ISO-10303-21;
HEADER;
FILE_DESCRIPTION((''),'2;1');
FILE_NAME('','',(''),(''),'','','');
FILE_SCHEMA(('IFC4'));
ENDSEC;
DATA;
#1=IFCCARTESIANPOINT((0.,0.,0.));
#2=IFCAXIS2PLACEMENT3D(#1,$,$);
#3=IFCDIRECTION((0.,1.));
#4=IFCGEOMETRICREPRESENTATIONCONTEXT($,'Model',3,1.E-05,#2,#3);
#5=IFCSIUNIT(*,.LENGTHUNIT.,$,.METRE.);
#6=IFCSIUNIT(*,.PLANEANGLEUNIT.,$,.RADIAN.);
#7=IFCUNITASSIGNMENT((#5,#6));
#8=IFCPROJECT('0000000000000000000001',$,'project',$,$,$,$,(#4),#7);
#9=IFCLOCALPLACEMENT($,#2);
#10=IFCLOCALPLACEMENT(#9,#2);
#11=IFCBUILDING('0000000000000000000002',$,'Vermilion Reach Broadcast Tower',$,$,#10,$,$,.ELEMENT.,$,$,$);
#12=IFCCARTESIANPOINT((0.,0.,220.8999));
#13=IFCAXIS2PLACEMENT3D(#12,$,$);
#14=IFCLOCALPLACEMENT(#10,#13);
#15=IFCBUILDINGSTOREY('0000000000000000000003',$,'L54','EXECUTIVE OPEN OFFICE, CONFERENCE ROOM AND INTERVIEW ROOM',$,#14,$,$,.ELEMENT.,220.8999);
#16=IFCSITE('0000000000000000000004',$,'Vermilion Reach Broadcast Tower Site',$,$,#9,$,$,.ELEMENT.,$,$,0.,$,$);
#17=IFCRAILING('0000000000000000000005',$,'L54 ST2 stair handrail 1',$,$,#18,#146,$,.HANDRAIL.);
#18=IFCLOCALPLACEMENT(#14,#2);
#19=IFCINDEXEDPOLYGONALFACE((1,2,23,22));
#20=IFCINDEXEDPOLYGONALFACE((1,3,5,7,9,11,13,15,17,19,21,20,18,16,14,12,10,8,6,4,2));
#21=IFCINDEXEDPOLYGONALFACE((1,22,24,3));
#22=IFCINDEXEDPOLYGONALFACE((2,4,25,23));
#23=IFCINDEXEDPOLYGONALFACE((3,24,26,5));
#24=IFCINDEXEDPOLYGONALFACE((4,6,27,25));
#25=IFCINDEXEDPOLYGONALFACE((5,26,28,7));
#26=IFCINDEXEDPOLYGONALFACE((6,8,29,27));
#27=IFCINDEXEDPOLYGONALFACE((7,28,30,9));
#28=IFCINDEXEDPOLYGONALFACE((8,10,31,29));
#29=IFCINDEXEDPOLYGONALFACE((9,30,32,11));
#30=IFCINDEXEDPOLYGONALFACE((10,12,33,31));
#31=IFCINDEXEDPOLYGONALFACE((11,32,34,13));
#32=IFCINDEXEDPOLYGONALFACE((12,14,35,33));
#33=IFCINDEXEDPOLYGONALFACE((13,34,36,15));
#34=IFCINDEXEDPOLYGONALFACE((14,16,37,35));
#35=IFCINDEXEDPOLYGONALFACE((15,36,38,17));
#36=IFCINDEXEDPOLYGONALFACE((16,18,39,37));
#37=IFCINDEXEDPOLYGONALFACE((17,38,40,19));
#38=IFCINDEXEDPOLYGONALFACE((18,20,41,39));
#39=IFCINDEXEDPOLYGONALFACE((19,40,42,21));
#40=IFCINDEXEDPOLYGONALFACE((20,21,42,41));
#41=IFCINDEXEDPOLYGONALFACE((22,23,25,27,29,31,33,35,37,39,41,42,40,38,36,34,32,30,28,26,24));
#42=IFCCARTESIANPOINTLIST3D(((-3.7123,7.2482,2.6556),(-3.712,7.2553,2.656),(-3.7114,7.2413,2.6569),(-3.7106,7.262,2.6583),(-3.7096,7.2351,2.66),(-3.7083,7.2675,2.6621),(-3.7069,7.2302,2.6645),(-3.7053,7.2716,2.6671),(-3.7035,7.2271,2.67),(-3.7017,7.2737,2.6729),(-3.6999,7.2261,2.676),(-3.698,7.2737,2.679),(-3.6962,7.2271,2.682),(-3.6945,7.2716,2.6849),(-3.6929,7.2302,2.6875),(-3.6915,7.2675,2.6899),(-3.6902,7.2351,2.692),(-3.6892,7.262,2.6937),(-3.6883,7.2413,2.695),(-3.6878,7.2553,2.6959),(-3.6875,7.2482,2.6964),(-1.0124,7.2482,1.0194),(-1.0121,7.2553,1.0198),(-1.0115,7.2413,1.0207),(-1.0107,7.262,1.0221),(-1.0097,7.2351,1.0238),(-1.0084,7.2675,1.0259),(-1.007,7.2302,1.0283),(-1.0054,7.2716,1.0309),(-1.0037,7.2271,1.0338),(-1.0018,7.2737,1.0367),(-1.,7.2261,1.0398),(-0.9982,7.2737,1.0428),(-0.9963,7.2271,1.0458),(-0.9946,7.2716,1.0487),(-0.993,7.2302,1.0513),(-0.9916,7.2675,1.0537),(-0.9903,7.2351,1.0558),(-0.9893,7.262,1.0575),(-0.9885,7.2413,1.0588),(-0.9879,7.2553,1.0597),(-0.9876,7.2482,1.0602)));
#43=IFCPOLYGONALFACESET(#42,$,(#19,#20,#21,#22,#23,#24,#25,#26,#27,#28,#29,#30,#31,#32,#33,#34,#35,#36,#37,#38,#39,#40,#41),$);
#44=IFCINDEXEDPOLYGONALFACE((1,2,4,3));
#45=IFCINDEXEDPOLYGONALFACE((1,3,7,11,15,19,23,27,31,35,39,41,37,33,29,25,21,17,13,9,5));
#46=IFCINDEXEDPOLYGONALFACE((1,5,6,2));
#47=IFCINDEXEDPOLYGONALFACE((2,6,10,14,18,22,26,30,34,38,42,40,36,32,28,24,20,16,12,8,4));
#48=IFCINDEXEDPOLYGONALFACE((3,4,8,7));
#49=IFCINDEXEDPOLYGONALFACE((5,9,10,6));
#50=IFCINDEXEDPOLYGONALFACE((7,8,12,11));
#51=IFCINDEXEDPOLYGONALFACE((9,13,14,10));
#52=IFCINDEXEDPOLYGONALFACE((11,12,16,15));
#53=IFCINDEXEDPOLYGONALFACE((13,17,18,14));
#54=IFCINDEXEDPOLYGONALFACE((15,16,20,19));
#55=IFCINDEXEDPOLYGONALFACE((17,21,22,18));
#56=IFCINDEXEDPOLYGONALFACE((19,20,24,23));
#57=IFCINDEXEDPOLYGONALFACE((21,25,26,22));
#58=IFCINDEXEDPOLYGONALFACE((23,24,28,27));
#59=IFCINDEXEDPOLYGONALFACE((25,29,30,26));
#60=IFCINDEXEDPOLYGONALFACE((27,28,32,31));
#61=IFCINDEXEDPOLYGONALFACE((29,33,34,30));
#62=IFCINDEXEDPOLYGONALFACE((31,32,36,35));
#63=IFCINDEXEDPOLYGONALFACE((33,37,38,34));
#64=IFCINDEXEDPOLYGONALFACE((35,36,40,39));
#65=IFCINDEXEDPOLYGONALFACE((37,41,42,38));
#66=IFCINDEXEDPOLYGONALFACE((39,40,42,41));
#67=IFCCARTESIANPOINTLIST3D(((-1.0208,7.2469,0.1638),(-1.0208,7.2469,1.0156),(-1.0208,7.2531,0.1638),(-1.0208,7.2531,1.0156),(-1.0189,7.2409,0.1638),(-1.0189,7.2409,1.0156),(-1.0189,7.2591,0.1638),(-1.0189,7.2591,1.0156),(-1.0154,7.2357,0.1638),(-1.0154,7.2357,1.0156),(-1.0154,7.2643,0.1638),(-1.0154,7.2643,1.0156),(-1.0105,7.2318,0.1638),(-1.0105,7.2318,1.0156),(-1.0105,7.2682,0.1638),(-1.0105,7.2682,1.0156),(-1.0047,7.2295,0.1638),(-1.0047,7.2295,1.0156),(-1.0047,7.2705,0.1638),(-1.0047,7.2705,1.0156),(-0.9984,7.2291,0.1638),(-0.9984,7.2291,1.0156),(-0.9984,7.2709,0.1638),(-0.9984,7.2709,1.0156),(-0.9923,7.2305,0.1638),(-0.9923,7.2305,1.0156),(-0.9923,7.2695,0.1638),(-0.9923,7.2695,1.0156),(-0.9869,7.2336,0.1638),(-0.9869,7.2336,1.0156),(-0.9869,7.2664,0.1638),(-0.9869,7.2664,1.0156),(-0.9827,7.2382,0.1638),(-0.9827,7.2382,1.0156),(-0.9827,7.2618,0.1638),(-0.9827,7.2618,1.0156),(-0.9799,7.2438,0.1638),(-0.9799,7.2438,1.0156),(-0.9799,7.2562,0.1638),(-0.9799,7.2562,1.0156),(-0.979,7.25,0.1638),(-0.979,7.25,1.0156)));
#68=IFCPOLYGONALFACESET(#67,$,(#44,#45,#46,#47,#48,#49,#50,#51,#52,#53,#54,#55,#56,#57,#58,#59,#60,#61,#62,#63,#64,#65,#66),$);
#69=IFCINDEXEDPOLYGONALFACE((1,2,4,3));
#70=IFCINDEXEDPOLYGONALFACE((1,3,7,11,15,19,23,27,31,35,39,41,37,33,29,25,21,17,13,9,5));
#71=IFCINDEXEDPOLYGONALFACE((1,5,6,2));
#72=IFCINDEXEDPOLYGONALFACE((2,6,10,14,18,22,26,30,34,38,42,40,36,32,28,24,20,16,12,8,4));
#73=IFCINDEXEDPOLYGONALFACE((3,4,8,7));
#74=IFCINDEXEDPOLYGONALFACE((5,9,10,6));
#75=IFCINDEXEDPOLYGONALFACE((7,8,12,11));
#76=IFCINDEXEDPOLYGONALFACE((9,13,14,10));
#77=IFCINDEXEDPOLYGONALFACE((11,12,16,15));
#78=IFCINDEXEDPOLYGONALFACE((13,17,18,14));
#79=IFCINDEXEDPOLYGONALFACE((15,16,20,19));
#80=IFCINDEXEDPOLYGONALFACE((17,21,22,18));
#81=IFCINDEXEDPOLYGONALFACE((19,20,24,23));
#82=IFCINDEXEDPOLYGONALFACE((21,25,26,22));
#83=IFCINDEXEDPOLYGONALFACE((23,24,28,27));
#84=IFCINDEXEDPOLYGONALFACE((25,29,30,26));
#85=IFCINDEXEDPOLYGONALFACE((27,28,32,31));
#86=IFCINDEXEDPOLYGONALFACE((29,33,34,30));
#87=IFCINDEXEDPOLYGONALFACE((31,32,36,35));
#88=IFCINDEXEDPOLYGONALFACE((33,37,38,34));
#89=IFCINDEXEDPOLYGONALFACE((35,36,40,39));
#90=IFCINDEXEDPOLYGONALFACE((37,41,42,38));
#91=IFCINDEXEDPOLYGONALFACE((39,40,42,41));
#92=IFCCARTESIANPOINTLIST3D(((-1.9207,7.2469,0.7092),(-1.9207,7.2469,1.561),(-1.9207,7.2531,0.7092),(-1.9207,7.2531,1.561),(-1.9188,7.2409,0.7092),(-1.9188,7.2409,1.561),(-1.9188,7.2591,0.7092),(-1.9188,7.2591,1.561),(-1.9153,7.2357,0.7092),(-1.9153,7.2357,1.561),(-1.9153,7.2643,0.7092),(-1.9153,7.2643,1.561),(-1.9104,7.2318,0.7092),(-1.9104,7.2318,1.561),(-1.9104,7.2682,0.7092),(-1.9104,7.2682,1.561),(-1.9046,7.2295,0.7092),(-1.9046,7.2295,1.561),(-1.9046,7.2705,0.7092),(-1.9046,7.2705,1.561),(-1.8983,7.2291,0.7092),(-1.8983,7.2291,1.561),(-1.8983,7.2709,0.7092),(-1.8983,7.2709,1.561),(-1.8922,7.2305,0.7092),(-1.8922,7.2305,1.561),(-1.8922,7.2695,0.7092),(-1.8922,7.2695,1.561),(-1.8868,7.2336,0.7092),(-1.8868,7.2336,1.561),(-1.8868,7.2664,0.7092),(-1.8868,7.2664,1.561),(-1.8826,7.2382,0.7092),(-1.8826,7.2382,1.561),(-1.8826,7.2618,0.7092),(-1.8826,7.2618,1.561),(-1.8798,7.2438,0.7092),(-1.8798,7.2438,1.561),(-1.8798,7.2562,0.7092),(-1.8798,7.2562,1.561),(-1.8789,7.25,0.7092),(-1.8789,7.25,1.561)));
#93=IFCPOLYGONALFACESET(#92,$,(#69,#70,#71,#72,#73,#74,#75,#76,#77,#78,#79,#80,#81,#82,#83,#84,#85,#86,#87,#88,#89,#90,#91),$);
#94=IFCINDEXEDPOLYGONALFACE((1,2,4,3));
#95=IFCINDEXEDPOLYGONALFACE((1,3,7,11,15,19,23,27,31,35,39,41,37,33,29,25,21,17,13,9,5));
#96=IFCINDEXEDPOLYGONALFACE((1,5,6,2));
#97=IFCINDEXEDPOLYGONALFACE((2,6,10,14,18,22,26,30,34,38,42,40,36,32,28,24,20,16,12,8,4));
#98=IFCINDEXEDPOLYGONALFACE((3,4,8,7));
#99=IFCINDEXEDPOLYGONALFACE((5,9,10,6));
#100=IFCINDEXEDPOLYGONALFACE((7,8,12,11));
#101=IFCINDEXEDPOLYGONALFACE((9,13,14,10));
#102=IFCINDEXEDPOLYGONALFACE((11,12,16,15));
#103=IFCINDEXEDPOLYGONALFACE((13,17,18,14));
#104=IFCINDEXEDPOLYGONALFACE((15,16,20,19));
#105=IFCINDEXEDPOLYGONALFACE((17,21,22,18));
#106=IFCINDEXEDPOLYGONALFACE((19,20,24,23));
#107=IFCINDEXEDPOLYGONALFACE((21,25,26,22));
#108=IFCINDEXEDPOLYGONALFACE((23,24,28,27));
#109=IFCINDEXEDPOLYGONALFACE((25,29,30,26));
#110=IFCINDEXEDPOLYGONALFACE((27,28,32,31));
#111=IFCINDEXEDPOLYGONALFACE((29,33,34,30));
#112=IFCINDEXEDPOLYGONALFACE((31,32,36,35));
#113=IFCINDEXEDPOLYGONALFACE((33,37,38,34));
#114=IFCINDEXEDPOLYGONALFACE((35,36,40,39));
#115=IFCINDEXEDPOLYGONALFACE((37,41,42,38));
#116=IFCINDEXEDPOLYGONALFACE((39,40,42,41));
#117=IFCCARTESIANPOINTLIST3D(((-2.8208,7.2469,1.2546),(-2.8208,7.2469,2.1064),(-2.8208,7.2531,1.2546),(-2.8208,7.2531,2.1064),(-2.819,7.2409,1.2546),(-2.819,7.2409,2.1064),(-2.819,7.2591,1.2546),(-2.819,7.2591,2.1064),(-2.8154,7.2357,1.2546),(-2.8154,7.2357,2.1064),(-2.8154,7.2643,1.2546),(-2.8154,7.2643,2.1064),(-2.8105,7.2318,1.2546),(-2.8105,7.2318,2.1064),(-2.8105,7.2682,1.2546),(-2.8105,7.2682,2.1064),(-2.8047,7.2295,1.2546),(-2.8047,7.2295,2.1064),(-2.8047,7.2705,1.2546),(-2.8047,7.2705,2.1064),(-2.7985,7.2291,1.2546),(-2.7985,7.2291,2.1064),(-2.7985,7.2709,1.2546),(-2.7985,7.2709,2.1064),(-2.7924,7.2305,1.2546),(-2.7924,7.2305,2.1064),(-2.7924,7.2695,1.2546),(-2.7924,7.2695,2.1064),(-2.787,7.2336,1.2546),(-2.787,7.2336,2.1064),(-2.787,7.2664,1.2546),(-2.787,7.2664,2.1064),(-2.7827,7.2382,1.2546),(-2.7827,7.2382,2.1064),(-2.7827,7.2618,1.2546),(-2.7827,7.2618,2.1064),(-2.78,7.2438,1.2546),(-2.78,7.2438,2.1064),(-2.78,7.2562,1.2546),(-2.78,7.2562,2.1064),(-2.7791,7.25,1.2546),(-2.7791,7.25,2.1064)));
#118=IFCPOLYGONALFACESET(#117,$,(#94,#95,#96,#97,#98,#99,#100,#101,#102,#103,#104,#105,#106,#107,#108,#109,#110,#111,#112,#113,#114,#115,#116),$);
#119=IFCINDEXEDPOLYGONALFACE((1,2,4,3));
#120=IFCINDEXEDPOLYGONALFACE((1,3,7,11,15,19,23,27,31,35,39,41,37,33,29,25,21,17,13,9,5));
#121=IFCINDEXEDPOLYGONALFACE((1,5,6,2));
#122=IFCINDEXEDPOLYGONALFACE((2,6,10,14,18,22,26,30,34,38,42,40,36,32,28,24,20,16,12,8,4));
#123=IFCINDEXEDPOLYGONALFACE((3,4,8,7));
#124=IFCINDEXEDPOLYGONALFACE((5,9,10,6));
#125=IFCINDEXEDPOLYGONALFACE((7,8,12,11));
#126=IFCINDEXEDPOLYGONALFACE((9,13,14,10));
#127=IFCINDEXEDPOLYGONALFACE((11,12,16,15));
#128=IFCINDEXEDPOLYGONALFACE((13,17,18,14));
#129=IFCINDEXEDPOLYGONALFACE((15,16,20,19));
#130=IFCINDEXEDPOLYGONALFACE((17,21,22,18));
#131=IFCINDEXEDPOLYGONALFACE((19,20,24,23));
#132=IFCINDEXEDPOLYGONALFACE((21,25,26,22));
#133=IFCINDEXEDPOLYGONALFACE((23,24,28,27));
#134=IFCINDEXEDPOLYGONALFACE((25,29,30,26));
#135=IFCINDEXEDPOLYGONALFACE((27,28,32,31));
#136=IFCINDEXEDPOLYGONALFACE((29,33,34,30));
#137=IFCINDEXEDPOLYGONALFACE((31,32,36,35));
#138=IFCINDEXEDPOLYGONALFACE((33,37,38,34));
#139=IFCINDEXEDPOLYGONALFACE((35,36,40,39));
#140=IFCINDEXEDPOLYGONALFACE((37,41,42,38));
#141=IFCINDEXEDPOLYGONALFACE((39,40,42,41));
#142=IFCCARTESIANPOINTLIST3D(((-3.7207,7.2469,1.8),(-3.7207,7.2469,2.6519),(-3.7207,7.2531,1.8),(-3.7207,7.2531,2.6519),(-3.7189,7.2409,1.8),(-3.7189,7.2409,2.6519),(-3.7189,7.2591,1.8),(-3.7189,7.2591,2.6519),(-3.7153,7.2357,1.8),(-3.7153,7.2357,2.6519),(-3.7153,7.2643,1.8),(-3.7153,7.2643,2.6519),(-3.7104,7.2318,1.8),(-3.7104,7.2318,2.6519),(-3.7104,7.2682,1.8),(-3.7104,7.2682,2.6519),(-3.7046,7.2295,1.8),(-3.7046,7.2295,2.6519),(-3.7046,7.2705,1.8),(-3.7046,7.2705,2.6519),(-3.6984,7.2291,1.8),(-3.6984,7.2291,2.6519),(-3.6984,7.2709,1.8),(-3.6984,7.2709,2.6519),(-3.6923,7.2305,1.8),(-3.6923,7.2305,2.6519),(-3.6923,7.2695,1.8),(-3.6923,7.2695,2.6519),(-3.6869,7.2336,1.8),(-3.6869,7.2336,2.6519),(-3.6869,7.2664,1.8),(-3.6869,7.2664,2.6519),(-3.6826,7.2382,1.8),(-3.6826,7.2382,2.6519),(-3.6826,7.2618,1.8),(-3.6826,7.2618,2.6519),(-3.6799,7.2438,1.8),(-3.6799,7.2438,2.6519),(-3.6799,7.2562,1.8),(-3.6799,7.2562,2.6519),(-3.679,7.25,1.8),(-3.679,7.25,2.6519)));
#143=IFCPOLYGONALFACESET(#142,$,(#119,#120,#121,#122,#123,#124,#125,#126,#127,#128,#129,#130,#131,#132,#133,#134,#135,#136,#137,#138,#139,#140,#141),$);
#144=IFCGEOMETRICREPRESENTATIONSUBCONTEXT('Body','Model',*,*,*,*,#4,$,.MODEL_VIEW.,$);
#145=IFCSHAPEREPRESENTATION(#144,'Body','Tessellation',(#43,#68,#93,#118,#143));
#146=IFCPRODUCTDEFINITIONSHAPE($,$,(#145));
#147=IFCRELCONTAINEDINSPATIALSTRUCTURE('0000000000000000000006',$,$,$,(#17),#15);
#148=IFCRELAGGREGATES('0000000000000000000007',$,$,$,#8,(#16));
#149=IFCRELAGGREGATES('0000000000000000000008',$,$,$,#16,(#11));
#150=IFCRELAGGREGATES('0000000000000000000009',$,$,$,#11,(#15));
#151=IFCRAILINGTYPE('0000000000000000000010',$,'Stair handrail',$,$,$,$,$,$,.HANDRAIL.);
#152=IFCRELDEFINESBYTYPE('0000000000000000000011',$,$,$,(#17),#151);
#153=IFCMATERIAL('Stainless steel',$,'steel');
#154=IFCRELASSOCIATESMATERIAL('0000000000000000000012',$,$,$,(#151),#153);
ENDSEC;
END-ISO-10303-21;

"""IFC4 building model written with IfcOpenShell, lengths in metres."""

from ifc_helpers import new_model, si_unit, direction, frame, origin, origin_2d, place, context, subcontext, project, spatial, circle, extrude, material, type_object, element, save


model = new_model("IFC4")

# Units and contexts
model_context = context("Model", 3, precision=1e-05, world=origin(), true_north=direction((0.0, 1.0)))
body_context = subcontext(model_context, "Body", "Model", "MODEL_VIEW")
ifc_project = project(units=[si_unit("LENGTHUNIT", "METRE"), si_unit("PLANEANGLEUNIT", "RADIAN")], contexts=[model_context])

# Site, building, storey
site_placement = place(None, origin())
site = spatial("IfcSite", under=ifc_project, at=site_placement, Name="Vermilion Reach Broadcast Tower Site", CompositionType="ELEMENT", RefElevation=0.0)
building_placement = place(site_placement, origin())
building = spatial("IfcBuilding", under=site, at=building_placement, Name="Vermilion Reach Broadcast Tower", CompositionType="ELEMENT")
storey_placement = place(building_placement, frame((0.0, 0.0, 220.8999)))
storey = spatial("IfcBuildingStorey", under=building, at=storey_placement, Name="L54", Description="EXECUTIVE OPEN OFFICE, CONFERENCE ROOM AND INTERVIEW ROOM", CompositionType="ELEMENT", Elevation=220.8999)

# Railing
ifc_material_1 = material(Name="Stainless steel", Category="steel")
railing_type_1 = type_object("IfcRailingType", Name="Stair handrail", PredefinedType="HANDRAIL", material=ifc_material_1)
railing_1_placement = place(storey_placement, frame((-1.0, 7.25, 0.1638)))
element("IfcRailing", 1, at=railing_1_placement, inside=storey, type_object=railing_type_1, Name="L54 ST2 stair handrail 1", PredefinedType="HANDRAIL", context=body_context, shape_type="SweptSolid", body=[
    extrude(circle(Radius=0.0239, at=origin_2d()), frame((0.0, 0.0, 0.876), z_axis=(-0.855212, 0.0, 0.518278), x_axis=(0.0, -1.0, 0.0)), (0.0, 0.0, 1.0), 3.157),
    extrude(circle(Radius=0.021, at=origin_2d()), origin(), (0.0, 0.0, 1.0), 0.8518),
    extrude(circle(Radius=0.021, at=origin_2d()), frame((-0.8999, 0.0, 0.5454)), (0.0, 0.0, 1.0), 0.8518),
    extrude(circle(Radius=0.021, at=origin_2d()), frame((-1.8, 0.0, 1.0908)), (0.0, 0.0, 1.0), 0.8518),
    extrude(circle(Radius=0.021, at=origin_2d()), frame((-2.7, 0.0, 1.6362)), (0.0, 0.0, 1.0), 0.8518),
])

save(model, "model.ifc")
